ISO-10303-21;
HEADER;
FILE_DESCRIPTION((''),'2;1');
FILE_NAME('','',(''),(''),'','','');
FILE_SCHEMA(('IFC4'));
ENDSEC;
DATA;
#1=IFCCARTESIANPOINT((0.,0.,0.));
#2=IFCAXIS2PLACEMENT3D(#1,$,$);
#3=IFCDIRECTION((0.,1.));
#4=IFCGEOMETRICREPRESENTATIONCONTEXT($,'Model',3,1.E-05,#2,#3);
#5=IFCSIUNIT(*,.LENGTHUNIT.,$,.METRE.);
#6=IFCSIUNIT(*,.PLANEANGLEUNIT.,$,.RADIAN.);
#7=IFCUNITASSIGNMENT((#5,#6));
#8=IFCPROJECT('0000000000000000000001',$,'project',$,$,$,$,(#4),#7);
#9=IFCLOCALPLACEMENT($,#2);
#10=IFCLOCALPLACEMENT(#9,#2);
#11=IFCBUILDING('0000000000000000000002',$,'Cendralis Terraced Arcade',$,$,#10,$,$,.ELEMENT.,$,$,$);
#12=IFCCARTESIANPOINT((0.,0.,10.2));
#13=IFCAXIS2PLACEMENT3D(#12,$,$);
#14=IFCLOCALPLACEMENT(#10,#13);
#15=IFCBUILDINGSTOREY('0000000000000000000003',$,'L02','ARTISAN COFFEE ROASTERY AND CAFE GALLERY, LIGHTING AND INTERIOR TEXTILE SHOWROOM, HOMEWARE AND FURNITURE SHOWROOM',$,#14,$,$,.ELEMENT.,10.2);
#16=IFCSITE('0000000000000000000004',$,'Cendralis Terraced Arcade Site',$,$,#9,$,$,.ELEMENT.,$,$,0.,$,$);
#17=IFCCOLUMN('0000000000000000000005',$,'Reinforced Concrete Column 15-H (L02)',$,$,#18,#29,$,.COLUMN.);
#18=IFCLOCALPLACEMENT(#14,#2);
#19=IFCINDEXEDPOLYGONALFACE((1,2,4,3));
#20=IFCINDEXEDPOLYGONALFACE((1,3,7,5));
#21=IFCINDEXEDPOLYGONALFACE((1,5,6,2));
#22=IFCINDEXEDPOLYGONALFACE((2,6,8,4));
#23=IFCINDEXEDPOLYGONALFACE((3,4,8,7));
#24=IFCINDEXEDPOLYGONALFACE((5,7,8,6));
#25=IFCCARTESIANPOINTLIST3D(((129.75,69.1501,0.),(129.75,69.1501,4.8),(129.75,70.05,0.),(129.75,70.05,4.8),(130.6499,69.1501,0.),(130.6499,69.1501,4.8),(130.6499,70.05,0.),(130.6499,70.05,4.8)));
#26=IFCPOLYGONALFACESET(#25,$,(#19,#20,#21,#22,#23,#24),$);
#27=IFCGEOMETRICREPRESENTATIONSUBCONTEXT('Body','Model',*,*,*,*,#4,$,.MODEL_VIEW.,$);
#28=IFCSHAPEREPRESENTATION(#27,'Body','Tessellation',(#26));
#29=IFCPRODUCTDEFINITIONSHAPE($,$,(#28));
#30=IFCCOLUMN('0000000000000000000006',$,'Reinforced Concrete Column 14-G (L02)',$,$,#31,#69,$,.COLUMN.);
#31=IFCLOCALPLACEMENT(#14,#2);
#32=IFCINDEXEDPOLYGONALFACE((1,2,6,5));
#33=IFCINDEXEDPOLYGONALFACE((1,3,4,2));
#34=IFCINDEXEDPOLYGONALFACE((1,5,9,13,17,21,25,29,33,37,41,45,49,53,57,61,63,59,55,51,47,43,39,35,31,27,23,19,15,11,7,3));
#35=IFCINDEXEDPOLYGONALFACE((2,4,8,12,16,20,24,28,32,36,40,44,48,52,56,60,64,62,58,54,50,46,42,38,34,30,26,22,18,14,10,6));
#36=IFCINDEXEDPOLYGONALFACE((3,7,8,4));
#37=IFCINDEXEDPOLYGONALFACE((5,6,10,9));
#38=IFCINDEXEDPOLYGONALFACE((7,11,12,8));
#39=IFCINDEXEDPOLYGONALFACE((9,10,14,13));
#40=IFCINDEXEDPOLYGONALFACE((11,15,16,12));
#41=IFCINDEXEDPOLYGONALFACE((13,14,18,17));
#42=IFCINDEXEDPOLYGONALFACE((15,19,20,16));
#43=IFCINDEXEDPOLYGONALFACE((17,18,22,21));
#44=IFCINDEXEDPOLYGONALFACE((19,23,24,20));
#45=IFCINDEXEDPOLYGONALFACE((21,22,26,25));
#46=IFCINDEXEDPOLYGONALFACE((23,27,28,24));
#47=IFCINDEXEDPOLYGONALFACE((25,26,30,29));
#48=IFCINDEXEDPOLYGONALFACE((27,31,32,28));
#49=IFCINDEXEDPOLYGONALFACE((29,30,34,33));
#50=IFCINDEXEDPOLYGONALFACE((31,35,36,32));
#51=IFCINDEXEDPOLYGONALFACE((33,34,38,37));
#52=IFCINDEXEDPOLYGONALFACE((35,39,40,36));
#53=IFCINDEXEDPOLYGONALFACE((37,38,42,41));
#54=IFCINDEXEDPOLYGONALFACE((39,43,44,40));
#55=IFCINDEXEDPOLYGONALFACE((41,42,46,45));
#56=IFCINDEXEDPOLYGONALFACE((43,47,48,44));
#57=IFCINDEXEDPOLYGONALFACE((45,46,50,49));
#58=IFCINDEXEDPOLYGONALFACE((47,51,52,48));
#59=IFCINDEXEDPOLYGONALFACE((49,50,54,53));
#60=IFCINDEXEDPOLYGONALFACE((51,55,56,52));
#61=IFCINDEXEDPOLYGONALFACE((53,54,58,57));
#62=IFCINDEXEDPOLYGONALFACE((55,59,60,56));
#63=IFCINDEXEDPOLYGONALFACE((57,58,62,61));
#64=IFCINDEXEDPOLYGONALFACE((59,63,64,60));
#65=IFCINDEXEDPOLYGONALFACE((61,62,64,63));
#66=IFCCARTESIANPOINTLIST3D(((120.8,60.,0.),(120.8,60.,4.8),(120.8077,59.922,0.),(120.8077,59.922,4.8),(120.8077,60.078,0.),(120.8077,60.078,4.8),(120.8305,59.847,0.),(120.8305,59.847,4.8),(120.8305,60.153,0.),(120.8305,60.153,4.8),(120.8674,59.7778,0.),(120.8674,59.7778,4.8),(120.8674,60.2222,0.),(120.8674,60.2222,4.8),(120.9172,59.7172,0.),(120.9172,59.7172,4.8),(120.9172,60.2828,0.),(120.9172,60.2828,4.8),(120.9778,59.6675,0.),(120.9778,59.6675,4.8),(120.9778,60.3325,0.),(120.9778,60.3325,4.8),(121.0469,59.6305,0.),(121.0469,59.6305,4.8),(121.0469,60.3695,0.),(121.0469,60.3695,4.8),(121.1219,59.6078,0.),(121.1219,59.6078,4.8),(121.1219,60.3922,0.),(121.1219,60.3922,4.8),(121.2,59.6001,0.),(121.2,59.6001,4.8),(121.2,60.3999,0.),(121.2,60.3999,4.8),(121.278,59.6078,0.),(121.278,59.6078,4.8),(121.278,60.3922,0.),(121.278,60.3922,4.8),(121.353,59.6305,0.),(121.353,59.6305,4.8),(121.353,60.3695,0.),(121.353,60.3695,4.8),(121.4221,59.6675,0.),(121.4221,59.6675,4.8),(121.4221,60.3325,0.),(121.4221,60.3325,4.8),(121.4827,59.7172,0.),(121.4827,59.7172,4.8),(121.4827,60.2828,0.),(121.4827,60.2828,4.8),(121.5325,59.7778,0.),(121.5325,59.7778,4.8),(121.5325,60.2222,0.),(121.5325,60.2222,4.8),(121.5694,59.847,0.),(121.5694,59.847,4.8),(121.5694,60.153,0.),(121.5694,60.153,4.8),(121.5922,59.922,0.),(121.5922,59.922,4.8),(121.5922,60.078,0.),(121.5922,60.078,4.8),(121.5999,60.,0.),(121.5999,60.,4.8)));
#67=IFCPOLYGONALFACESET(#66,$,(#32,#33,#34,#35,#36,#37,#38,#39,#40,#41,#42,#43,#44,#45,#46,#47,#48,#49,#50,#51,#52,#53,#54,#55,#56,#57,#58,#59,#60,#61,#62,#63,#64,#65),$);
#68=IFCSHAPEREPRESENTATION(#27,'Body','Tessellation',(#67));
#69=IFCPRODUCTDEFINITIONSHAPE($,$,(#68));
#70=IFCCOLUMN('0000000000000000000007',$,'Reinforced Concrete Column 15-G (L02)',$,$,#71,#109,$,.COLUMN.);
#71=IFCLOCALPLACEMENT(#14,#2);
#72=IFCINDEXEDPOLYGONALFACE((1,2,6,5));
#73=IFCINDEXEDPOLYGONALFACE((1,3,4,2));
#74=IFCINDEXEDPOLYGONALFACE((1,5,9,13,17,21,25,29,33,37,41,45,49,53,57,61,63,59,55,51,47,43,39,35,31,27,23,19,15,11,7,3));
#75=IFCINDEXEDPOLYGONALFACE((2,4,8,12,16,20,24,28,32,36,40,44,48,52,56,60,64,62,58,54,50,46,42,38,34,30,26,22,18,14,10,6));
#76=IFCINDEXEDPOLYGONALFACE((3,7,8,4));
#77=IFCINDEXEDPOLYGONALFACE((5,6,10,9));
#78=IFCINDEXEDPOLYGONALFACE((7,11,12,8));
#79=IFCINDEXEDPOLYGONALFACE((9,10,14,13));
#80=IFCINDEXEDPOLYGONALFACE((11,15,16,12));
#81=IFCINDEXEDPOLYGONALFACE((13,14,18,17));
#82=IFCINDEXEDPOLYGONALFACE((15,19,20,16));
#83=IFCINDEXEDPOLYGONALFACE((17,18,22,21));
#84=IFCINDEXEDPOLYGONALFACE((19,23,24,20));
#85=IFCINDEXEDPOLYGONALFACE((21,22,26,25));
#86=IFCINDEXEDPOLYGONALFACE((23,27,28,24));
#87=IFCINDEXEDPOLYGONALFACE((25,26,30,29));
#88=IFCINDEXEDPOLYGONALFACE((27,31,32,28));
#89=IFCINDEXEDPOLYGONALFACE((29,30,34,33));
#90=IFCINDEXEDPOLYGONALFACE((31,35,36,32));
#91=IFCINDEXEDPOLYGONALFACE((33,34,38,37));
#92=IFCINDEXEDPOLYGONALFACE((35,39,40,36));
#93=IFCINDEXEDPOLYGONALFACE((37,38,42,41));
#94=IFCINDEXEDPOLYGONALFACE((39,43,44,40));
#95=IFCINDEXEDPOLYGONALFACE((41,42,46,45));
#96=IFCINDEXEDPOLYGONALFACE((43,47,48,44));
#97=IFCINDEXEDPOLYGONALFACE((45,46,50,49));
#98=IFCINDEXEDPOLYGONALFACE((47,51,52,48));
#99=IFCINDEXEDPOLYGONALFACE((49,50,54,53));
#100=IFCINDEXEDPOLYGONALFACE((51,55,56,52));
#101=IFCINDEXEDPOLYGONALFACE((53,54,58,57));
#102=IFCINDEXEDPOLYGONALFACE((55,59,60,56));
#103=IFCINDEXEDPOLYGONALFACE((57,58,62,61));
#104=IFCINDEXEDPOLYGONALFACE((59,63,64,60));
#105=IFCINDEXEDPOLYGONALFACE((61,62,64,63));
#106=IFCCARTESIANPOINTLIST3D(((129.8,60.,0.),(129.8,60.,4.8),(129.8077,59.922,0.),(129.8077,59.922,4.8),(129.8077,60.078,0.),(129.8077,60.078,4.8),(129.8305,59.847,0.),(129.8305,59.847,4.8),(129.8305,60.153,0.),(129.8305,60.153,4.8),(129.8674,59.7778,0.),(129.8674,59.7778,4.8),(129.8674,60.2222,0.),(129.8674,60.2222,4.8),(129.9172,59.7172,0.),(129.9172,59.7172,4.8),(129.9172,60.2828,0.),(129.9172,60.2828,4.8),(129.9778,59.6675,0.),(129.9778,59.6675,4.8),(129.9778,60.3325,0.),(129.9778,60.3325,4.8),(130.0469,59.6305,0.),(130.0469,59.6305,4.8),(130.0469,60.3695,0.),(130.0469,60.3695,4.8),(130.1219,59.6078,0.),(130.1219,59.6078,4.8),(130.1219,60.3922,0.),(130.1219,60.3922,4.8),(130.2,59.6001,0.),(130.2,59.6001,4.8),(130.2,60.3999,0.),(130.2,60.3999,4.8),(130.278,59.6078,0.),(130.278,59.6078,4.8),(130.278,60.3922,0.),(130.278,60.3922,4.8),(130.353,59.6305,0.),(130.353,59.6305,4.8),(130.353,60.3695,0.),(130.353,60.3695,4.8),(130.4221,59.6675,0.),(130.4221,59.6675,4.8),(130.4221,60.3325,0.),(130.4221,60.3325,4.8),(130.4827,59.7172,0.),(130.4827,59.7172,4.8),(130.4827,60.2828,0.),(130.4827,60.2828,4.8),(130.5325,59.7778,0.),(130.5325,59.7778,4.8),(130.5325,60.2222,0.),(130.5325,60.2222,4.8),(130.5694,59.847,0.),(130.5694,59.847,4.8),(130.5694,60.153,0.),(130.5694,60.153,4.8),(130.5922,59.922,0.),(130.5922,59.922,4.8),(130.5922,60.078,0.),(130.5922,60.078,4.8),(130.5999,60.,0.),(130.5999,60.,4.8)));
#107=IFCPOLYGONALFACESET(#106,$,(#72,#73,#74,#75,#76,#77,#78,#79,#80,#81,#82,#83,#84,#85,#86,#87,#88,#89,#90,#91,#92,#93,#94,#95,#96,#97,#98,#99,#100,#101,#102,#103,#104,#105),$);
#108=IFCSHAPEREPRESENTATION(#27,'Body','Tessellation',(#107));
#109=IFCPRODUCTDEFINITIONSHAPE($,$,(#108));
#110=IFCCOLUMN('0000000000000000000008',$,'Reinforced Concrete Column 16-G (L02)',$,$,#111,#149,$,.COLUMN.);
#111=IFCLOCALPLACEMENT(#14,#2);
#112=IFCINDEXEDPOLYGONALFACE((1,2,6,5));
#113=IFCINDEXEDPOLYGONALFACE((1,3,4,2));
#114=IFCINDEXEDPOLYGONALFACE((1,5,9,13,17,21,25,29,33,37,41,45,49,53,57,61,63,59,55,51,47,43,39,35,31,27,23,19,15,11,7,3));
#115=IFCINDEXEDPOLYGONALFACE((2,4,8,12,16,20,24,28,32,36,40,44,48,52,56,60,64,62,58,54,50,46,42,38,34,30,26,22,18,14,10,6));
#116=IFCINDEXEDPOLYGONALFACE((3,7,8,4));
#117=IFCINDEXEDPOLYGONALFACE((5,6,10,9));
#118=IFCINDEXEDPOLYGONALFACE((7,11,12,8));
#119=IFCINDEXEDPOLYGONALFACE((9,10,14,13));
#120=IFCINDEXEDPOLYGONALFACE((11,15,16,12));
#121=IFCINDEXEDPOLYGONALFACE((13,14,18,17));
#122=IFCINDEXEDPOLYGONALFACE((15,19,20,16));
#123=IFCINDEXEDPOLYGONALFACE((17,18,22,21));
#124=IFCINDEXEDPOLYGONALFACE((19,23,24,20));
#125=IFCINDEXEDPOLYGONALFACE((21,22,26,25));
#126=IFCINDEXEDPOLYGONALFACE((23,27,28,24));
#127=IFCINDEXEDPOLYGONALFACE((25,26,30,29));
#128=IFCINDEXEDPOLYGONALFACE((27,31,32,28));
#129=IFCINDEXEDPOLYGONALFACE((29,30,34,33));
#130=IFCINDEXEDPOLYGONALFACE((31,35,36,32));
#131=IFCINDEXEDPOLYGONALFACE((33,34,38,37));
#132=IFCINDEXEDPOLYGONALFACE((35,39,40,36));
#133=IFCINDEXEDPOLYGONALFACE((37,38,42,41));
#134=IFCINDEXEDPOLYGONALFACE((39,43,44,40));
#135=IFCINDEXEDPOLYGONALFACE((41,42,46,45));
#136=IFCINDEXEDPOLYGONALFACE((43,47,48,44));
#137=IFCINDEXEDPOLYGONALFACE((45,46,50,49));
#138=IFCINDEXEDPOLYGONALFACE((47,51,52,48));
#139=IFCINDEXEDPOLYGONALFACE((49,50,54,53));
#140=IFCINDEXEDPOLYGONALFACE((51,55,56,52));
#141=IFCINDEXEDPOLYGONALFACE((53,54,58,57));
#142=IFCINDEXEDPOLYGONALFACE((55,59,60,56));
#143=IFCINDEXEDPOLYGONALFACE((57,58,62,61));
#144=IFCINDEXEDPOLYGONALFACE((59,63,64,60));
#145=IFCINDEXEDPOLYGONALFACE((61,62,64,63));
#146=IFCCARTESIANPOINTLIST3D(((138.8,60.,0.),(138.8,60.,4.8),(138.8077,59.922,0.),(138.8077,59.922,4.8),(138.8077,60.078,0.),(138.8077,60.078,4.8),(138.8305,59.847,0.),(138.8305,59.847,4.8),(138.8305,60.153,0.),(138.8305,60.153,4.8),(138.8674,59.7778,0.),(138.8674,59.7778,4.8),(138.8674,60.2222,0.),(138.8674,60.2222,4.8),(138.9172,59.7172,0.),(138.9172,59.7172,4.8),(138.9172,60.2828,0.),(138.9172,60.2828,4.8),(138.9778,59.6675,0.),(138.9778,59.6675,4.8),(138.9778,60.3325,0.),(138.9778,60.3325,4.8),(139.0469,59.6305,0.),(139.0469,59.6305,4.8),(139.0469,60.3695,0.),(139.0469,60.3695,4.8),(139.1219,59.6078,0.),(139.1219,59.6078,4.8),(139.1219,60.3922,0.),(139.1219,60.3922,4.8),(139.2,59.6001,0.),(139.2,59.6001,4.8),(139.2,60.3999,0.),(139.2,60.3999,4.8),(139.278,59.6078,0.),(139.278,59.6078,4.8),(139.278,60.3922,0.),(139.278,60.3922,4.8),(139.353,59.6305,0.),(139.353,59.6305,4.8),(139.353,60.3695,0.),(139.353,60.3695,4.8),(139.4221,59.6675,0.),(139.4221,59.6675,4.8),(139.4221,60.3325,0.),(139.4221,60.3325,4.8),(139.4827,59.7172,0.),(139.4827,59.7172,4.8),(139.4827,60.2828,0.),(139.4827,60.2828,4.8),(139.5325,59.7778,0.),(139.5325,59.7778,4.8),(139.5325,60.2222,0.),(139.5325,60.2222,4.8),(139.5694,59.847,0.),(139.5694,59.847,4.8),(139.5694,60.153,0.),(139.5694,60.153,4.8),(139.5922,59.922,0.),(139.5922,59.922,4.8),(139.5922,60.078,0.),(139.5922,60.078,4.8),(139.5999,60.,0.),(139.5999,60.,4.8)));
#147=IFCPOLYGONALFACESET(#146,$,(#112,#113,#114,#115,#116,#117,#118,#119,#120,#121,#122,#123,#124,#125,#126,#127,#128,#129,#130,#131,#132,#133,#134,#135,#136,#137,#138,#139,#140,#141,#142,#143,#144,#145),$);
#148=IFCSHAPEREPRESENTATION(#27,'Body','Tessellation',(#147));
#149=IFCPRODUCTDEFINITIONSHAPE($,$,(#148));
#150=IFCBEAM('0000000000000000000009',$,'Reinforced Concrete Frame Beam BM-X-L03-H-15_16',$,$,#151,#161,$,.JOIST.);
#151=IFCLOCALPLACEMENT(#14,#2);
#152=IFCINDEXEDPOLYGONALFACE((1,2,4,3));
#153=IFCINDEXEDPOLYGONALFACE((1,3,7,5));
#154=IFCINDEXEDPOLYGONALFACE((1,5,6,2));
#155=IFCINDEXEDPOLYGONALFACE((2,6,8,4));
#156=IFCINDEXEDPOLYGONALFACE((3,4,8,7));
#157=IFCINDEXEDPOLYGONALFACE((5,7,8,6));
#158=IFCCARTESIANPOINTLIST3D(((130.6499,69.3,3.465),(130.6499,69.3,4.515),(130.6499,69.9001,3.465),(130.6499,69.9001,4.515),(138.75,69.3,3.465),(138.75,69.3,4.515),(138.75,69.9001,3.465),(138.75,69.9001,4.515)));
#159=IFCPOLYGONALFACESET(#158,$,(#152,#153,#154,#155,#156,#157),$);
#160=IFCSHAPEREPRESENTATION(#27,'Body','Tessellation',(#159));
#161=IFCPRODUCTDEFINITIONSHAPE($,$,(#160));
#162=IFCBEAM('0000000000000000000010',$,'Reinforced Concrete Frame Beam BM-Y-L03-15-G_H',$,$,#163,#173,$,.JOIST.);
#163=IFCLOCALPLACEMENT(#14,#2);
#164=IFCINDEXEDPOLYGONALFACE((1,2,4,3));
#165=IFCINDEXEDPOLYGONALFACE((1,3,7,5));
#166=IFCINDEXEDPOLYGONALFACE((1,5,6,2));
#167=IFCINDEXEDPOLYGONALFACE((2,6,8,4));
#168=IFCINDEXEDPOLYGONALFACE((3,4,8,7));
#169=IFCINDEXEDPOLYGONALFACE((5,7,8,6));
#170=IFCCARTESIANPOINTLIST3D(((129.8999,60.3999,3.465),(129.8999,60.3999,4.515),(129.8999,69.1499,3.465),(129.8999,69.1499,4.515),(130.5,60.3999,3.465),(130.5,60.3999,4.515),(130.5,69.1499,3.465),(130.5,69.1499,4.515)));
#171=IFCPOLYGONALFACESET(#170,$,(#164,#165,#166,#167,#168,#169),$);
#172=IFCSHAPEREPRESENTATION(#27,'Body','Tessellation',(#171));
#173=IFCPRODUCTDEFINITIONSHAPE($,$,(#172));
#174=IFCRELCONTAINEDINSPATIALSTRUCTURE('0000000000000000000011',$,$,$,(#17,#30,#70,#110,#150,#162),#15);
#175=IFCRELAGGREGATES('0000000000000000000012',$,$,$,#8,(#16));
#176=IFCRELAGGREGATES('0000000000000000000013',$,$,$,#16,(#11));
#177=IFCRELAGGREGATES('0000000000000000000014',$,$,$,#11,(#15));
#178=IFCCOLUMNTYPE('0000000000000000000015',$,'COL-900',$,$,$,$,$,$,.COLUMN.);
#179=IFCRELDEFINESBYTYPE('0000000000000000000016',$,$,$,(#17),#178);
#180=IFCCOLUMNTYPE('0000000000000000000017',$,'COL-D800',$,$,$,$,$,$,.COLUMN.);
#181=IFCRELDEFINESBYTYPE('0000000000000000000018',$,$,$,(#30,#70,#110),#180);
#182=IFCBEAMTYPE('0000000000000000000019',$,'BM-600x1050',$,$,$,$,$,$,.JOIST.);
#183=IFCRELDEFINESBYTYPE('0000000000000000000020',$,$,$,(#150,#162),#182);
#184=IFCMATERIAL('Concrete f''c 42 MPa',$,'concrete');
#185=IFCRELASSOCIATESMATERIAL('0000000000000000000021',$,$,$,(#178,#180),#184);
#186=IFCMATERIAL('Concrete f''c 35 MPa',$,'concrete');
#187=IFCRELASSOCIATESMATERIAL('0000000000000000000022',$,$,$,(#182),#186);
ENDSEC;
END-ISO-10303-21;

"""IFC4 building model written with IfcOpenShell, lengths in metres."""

from ifc_helpers import new_model, si_unit, direction, frame, origin, origin_2d, place, context, subcontext, project, spatial, rectangle, circle, extrude, material, material_profile, profile_set, type_object, element, save


model = new_model("IFC4")

# Units and contexts
model_context = context("Model", 3, precision=1e-05, world=origin(), true_north=direction((0.0, 1.0)))
body_context = subcontext(model_context, "Body", "Model", "MODEL_VIEW")
ifc_project = project(units=[si_unit("LENGTHUNIT", "METRE"), si_unit("PLANEANGLEUNIT", "RADIAN")], contexts=[model_context])

# Site, building, storey
site_placement = place(None, origin())
site = spatial("IfcSite", under=ifc_project, at=site_placement, Name="Cendralis Terraced Arcade Site", CompositionType="ELEMENT", RefElevation=0.0)
building_placement = place(site_placement, origin())
building = spatial("IfcBuilding", under=site, at=building_placement, Name="Cendralis Terraced Arcade", CompositionType="ELEMENT")
storey_placement = place(building_placement, frame((0.0, 0.0, 10.2)))
storey = spatial("IfcBuildingStorey", under=building, at=storey_placement, Name="L02", Description="ARTISAN COFFEE ROASTERY AND CAFE GALLERY, LIGHTING AND INTERIOR TEXTILE SHOWROOM, HOMEWARE AND FURNITURE SHOWROOM", CompositionType="ELEMENT", Elevation=10.2)

# Columns
ifc_material_1 = material(Name="Concrete f'c 42 MPa", Category="concrete")
ifc_material_profile_1 = material_profile(ifc_material_1, rectangle(XDim=0.8999, YDim=0.8999, at=origin_2d()), Name="RC-COL-900x900", Category="LoadBearing")
ifc_profile_set_1 = profile_set([ifc_material_profile_1], Name="Concrete f'c 42 MPa")
column_type_1 = type_object("IfcColumnType", Name="COL-900", PredefinedType="COLUMN", material=ifc_profile_set_1)
column_placement = place(storey_placement, frame((130.2, 69.6001, 0.0), z_axis=(0.0, 0.0, 1.0), x_axis=(1.0, 0.0, 0.0)))
element("IfcColumn", 1, at=column_placement, inside=storey, type_object=column_type_1, Name="Reinforced Concrete Column 15-H (L02)", PredefinedType="COLUMN", context=body_context, shape_type="SweptSolid", body=[
    extrude(rectangle(XDim=0.8999, YDim=0.8999, at=origin_2d()), origin(), (0.0, 0.0, 1.0), 4.8),
])
ifc_material_profile_2 = material_profile(ifc_material_1, circle(Radius=0.3999, at=origin_2d()), Name="RC-COL-D800", Category="LoadBearing")
ifc_profile_set_2 = profile_set([ifc_material_profile_2], Name="Concrete f'c 42 MPa")
column_type_2 = type_object("IfcColumnType", Name="COL-D800", PredefinedType="COLUMN", material=ifc_profile_set_2)
for number, where, z_axis, x_axis, name in (
    (2, (121.2, 60.0, 0.0), (0.0, 0.0, 1.0), (1.0, 0.0, 0.0), "Reinforced Concrete Column 14-G (L02)"),
    (3, (130.2, 60.0, 0.0), (0.0, 0.0, 1.0), (1.0, 0.0, 0.0), "Reinforced Concrete Column 15-G (L02)"),
    (4, (139.2, 60.0, 0.0), (0.0, 0.0, 1.0), (1.0, 0.0, 0.0), "Reinforced Concrete Column 16-G (L02)"),
):
    element("IfcColumn", number, at=place(storey_placement, frame(where, z_axis=z_axis, x_axis=x_axis)), inside=storey, type_object=column_type_2, Name=name, PredefinedType="COLUMN", context=body_context, shape_type="SweptSolid", body=[
        extrude(circle(Radius=0.3999, at=origin_2d()), origin(), (0.0, 0.0, 1.0), 4.8),
    ])

# Beams
ifc_material_2 = material(Name="Concrete f'c 35 MPa", Category="concrete")
ifc_material_profile_3 = material_profile(ifc_material_2, rectangle(XDim=0.6001, YDim=1.05, at=origin_2d()), Name="RC-BM-600x1050", Category="LoadBearing")
ifc_profile_set_3 = profile_set([ifc_material_profile_3], Name="Concrete f'c 35 MPa")
beam_type_1 = type_object("IfcBeamType", Name="BM-600x1050", PredefinedType="JOIST", material=ifc_profile_set_3)
beam_1_placement = place(storey_placement, frame((130.6499, 69.6001, 3.99), z_axis=(1.0, 0.0, 0.0), x_axis=(0.0, 1.0, 0.0)))
element("IfcBeam", 5, at=beam_1_placement, inside=storey, type_object=beam_type_1, Name="Reinforced Concrete Frame Beam BM-X-L03-H-15_16", PredefinedType="JOIST", context=body_context, shape_type="SweptSolid", body=[
    extrude(rectangle(XDim=0.6001, YDim=1.05, at=origin_2d()), origin(), (0.0, 0.0, 1.0), 8.1001),
])
beam_2_placement = place(storey_placement, frame((130.2, 60.3999, 3.99), z_axis=(0.0, 1.0, 0.0), x_axis=(-1.0, 0.0, 0.0)))
element("IfcBeam", 6, at=beam_2_placement, inside=storey, type_object=beam_type_1, Name="Reinforced Concrete Frame Beam BM-Y-L03-15-G_H", PredefinedType="JOIST", context=body_context, shape_type="SweptSolid", body=[
    extrude(rectangle(XDim=0.6001, YDim=1.05, at=origin_2d()), origin(), (0.0, 0.0, 1.0), 8.75),
])

save(model, "model.ifc")
